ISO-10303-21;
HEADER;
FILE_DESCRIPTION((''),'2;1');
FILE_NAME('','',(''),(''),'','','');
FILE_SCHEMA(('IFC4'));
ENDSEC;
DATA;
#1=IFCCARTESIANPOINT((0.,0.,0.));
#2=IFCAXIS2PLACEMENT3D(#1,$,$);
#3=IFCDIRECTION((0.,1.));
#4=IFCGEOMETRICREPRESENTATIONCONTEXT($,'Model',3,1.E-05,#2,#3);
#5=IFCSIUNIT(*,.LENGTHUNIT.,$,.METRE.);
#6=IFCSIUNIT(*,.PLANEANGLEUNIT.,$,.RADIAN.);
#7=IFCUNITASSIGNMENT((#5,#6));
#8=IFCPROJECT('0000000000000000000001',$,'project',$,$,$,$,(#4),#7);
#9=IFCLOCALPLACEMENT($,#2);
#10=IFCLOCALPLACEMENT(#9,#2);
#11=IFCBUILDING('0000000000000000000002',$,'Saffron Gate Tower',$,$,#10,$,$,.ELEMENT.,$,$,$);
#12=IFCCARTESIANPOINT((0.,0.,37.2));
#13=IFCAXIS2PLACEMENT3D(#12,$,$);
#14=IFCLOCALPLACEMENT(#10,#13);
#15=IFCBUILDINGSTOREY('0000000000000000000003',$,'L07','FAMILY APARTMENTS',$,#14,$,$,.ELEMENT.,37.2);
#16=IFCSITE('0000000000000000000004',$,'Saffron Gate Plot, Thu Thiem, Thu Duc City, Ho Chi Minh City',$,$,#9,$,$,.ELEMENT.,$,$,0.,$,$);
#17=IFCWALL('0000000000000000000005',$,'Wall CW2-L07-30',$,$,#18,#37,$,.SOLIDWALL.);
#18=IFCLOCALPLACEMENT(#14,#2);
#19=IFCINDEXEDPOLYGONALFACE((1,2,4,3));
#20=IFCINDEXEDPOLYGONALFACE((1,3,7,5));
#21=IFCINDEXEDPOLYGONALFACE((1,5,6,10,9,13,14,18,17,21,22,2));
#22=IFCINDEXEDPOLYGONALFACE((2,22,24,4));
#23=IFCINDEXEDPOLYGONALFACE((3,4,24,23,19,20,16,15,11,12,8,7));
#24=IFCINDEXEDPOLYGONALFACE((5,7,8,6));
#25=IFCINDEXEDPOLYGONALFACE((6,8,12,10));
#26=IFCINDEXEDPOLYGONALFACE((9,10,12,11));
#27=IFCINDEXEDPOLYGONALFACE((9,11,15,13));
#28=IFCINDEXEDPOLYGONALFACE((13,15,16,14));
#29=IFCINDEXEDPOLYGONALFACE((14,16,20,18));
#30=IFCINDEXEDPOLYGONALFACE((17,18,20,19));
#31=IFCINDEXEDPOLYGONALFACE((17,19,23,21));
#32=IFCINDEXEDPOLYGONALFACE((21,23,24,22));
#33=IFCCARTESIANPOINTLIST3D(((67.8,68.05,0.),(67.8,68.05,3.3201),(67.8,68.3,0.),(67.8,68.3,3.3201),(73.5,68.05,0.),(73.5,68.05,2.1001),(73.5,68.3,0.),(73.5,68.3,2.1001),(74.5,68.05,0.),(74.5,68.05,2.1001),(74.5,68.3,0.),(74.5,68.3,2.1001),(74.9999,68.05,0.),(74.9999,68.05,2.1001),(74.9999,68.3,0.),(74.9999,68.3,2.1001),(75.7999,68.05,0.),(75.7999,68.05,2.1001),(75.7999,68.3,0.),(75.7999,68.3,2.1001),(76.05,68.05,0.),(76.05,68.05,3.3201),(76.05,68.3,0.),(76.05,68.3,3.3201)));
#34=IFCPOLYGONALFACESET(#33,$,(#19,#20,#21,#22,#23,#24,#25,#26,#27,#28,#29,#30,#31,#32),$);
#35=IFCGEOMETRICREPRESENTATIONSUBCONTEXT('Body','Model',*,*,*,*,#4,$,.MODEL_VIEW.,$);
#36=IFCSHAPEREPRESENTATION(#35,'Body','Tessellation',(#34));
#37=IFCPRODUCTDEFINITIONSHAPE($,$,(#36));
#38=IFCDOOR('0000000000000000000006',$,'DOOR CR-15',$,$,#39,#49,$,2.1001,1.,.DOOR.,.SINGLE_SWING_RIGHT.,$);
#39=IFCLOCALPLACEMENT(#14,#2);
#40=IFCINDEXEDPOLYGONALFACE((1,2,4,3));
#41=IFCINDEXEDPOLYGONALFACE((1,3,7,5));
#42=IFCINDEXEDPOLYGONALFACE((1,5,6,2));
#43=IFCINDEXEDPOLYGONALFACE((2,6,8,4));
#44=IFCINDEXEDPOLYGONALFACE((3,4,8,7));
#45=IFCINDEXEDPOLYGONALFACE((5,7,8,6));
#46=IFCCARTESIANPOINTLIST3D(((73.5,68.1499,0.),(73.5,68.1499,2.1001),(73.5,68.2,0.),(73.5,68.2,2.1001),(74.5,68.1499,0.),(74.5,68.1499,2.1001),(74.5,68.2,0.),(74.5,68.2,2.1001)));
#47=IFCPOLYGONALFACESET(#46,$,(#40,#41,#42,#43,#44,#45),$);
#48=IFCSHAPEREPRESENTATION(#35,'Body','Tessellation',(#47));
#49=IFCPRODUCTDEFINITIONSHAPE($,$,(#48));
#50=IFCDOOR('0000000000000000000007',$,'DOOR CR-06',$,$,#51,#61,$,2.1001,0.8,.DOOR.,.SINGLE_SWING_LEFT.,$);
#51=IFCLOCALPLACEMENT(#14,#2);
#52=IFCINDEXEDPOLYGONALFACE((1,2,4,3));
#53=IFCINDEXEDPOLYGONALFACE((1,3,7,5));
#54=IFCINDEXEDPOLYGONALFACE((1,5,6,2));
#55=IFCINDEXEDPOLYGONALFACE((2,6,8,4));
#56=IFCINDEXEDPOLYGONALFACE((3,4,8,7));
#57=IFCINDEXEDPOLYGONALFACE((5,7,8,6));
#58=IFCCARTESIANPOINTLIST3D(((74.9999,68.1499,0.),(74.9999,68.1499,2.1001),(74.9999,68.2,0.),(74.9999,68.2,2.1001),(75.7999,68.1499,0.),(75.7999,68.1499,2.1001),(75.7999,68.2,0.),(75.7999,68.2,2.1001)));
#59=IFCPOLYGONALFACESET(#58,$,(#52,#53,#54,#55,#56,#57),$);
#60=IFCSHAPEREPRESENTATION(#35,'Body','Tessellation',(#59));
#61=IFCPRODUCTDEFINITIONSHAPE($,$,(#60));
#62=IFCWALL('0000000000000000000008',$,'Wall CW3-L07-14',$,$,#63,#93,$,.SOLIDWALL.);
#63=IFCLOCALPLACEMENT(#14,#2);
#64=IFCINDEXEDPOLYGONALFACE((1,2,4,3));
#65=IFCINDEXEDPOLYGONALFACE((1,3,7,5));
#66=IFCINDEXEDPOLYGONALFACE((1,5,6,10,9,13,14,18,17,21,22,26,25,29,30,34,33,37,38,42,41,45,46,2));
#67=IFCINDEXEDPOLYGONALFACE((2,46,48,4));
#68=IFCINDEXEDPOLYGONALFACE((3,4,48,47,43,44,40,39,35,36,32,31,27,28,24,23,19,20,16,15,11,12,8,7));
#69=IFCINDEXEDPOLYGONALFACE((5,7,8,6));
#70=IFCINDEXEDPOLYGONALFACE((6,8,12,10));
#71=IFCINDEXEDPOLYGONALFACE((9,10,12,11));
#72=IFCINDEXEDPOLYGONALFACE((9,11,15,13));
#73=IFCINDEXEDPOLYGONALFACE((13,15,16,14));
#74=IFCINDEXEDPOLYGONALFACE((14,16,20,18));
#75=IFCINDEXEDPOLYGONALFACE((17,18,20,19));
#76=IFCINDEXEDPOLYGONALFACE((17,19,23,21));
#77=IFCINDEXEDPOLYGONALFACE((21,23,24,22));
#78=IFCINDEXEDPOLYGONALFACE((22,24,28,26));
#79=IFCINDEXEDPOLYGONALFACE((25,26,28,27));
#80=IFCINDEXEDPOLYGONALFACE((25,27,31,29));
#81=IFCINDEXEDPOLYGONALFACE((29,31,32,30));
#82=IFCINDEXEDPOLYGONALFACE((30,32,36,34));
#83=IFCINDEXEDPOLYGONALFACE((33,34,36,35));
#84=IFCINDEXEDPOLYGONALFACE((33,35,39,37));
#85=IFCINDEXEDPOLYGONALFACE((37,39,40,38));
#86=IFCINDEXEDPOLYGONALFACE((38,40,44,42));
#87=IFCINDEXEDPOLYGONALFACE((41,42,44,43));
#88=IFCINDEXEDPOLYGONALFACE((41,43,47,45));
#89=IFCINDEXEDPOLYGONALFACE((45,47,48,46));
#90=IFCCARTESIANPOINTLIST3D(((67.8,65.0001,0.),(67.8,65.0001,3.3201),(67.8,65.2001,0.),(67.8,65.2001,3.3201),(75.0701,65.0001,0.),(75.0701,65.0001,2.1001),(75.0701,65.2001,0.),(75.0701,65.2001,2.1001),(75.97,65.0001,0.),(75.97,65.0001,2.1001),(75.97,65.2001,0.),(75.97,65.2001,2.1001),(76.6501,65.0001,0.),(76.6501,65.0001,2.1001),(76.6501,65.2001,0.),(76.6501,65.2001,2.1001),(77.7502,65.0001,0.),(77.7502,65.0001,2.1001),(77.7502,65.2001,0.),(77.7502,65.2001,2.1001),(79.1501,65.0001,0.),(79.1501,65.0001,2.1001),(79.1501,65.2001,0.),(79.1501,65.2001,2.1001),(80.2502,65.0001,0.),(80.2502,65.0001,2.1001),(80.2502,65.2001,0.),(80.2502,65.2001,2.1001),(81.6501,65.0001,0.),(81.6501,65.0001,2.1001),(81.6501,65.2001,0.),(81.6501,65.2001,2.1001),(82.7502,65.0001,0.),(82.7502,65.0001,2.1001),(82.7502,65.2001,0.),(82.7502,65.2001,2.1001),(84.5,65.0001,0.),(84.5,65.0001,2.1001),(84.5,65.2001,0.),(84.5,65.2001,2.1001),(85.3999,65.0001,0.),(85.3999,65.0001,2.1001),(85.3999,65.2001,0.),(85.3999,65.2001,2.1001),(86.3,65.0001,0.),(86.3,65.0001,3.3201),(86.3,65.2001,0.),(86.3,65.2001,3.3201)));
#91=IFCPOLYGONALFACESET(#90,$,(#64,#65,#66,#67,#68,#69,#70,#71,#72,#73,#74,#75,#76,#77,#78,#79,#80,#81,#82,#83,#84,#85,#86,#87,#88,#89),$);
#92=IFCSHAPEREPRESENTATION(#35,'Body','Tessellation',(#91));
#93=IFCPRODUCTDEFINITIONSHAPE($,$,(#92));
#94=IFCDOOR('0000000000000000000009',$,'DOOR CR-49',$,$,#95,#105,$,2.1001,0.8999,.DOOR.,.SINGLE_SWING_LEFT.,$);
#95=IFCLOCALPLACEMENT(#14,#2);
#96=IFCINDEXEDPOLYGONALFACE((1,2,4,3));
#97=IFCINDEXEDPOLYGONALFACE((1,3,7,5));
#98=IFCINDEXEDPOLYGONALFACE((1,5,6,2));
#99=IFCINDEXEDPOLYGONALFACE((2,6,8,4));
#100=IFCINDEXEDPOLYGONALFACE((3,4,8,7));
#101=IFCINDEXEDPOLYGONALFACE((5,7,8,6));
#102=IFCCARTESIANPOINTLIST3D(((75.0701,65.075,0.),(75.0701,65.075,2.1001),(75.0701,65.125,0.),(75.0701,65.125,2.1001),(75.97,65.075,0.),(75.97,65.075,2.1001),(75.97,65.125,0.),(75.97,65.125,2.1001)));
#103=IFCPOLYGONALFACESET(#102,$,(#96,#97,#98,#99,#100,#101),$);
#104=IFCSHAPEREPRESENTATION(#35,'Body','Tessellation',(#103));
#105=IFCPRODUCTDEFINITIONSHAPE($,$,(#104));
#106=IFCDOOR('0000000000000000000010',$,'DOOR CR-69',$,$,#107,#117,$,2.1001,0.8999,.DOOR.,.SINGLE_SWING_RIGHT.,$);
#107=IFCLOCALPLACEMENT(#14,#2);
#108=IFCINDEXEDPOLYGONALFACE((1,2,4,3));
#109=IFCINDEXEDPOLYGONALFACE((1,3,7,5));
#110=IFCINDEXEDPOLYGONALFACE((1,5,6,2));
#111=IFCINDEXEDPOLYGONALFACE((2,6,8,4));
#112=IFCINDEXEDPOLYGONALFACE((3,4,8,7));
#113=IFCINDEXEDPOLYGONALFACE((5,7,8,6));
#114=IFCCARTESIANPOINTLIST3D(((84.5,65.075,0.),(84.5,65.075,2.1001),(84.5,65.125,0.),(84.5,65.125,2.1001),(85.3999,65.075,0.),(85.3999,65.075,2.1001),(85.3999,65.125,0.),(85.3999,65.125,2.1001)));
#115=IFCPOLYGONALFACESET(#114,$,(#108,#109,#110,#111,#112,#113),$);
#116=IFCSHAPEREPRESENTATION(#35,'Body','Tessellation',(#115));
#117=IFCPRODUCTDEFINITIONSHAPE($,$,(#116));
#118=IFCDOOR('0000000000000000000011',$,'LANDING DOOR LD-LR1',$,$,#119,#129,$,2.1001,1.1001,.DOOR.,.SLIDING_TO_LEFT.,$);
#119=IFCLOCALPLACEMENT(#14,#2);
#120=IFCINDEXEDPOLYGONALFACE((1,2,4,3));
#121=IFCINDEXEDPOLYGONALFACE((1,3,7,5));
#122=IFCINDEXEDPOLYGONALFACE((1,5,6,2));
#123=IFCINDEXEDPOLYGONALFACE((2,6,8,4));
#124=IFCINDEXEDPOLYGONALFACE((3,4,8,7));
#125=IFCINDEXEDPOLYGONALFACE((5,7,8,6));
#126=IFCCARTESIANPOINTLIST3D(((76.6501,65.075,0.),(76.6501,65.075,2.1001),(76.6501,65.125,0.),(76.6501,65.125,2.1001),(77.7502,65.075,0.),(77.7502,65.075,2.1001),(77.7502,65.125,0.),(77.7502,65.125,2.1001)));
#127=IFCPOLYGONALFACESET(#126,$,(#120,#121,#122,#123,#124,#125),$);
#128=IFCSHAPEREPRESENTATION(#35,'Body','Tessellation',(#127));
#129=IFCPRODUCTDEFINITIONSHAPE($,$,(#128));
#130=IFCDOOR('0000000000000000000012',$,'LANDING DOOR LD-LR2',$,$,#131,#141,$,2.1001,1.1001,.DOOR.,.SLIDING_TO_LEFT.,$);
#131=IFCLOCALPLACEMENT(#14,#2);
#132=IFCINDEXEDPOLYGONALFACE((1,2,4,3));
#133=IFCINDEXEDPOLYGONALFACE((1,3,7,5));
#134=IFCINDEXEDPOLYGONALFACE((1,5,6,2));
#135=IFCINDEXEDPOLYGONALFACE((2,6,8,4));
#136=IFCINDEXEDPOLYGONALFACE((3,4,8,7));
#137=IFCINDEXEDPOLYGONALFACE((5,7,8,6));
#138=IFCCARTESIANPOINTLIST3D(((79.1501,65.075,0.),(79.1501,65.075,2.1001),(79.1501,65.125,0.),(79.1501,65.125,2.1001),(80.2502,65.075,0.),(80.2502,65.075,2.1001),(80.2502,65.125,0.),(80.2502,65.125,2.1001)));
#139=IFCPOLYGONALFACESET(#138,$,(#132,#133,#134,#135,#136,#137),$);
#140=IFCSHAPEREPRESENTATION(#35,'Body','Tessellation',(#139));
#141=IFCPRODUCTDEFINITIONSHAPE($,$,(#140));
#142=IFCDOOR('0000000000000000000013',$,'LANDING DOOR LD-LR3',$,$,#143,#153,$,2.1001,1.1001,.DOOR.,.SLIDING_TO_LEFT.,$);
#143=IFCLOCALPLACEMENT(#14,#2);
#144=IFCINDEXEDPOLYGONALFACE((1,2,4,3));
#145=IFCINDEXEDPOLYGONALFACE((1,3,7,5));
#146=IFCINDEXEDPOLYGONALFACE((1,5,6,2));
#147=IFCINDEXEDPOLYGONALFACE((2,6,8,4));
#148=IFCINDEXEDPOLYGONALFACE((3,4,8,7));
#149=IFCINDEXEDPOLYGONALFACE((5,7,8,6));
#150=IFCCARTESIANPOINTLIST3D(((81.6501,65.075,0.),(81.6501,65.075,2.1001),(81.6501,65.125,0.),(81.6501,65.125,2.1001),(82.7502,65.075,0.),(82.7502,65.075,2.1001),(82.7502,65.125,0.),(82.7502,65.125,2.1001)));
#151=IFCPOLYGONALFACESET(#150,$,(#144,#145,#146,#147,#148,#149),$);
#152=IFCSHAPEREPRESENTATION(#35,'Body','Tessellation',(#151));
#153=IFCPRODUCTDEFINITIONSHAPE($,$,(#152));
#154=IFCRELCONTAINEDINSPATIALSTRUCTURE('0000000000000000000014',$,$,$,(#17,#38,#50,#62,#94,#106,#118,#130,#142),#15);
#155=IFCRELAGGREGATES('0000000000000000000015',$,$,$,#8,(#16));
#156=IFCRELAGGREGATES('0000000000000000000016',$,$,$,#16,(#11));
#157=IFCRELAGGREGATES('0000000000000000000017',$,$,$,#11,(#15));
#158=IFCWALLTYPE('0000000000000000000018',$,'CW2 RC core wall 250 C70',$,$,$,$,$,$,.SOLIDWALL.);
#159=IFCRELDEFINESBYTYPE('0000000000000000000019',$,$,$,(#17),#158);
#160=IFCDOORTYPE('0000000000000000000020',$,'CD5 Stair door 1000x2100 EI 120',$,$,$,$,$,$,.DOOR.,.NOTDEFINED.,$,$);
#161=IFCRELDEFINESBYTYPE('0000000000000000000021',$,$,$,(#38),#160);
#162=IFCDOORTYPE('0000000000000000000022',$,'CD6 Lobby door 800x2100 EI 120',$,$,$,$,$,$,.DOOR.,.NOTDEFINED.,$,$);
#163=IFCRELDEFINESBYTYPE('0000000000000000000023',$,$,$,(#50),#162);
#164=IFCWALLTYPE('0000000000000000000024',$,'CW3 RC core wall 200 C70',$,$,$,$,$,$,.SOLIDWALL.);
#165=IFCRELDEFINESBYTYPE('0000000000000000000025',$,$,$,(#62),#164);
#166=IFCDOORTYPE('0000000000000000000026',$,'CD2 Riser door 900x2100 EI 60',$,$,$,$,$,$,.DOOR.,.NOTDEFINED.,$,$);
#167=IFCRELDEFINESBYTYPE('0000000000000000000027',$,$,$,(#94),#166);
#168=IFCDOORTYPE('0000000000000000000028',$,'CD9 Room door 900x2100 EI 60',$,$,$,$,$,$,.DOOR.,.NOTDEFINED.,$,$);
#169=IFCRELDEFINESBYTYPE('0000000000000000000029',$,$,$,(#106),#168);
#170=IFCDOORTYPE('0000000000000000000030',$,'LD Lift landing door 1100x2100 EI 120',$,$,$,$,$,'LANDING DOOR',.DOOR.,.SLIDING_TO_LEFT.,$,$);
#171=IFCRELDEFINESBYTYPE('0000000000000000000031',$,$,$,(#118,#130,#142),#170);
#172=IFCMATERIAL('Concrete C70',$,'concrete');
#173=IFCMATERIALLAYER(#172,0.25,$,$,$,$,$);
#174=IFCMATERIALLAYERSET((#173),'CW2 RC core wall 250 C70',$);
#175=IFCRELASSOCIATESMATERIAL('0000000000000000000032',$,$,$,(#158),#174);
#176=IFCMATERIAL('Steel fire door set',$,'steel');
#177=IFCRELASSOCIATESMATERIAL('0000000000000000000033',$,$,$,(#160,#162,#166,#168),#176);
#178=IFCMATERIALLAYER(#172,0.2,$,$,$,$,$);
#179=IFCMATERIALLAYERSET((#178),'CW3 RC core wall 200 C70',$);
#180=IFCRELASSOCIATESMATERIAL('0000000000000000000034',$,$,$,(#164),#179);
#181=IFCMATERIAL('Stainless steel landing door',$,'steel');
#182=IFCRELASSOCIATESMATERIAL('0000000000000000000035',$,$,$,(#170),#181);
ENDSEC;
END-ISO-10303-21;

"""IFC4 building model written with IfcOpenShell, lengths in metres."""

from ifc_helpers import new_model, si_unit, direction, frame, frame_2d, origin, place, context, subcontext, project, spatial, rectangle, extrude, material, layer, layer_set, type_object, element, fill, save


model = new_model("IFC4")

# Units and contexts
model_context = context("Model", 3, precision=1e-05, world=origin(), true_north=direction((0.0, 1.0)))
body_context = subcontext(model_context, "Body", "Model", "MODEL_VIEW")
ifc_project = project(units=[si_unit("LENGTHUNIT", "METRE"), si_unit("PLANEANGLEUNIT", "RADIAN")], contexts=[model_context])

# Site, building, storey
site_placement = place(None, origin())
site = spatial("IfcSite", under=ifc_project, at=site_placement, Name="Saffron Gate Plot, Thu Thiem, Thu Duc City, Ho Chi Minh City", CompositionType="ELEMENT", RefElevation=0.0)
building_placement = place(site_placement, origin())
building = spatial("IfcBuilding", under=site, at=building_placement, Name="Saffron Gate Tower", CompositionType="ELEMENT")
storey_placement = place(building_placement, frame((0.0, 0.0, 37.2)))
storey = spatial("IfcBuildingStorey", under=building, at=storey_placement, Name="L07", Description="FAMILY APARTMENTS", CompositionType="ELEMENT", Elevation=37.2)

# Shared definitions
ifc_material_1 = material(Name="Concrete C70", Category="concrete")
ifc_material_2 = material(Name="Steel fire door set", Category="steel")

# Walls, openings, doors
ifc_layer_1 = layer(ifc_material_1, 0.25)
ifc_layer_set_1 = layer_set([ifc_layer_1], Name="CW2 RC core wall 250 C70")
wall_type_1 = type_object("IfcWallType", Name="CW2 RC core wall 250 C70", PredefinedType="SOLIDWALL", material=ifc_layer_set_1)
wall_1_placement = place(storey_placement, frame((67.8, 68.175, 0.0), z_axis=(0.0, 0.0, 1.0), x_axis=(1.0, 0.0, 0.0)))
wall_1 = element("IfcWall", 1, at=wall_1_placement, inside=storey, type_object=wall_type_1, Name="Wall CW2-L07-30", PredefinedType="SOLIDWALL", context=body_context, shape_type="SweptSolid", body=[
    extrude(rectangle(XDim=8.25, YDim=0.25, at=frame_2d((4.125, 0.0))), origin(), (0.0, 0.0, 1.0), 3.3201),
])
opening_1_placement = place(wall_1_placement, frame((5.7, 0.0, 0.0)))
opening_1 = element("IfcOpeningElement", 2, at=opening_1_placement, cuts=wall_1, PredefinedType="OPENING", context=body_context, shape_type="SweptSolid", body=[
    extrude(rectangle(XDim=1.0, YDim=2.1001, at=frame_2d((0.5, 1.05))), frame((0.0, 0.135, 0.0), z_axis=(0.0, -1.0, 0.0), x_axis=(1.0, 0.0, 0.0)), (0.0, 0.0, 1.0), 0.27),
])
opening_2_placement = place(wall_1_placement, frame((7.2, 0.0, 0.0)))
opening_2 = element("IfcOpeningElement", 3, at=opening_2_placement, cuts=wall_1, PredefinedType="OPENING", context=body_context, shape_type="SweptSolid", body=[
    extrude(rectangle(XDim=0.8, YDim=2.1001, at=frame_2d((0.3999, 1.05))), frame((0.0, 0.135, 0.0), z_axis=(0.0, -1.0, 0.0), x_axis=(1.0, 0.0, 0.0)), (0.0, 0.0, 1.0), 0.27),
])
door_type_1 = type_object("IfcDoorType", Name="CD5 Stair door 1000x2100 EI 120", OperationType="NOTDEFINED", PredefinedType="DOOR", material=ifc_material_2)
door_1_placement = place(opening_1_placement, origin())
door_1 = element("IfcDoor", 4, at=door_1_placement, inside=storey, type_object=door_type_1, Name="DOOR CR-15", OperationType="SINGLE_SWING_RIGHT", OverallHeight=2.1001, OverallWidth=1.0, PredefinedType="DOOR", context=body_context, shape_type="SweptSolid", body=[
    extrude(rectangle(XDim=1.0, YDim=2.1001, at=frame_2d((0.5, 1.05))), frame((0.0, 0.0249, 0.0), z_axis=(0.0, -1.0, 0.0), x_axis=(1.0, 0.0, 0.0)), (0.0, 0.0, 1.0), 0.05),
])
fill(opening_1, door_1)
door_type_2 = type_object("IfcDoorType", Name="CD6 Lobby door 800x2100 EI 120", OperationType="NOTDEFINED", PredefinedType="DOOR", material=ifc_material_2)
door_2_placement = place(opening_2_placement, origin())
door_2 = element("IfcDoor", 5, at=door_2_placement, inside=storey, type_object=door_type_2, Name="DOOR CR-06", OperationType="SINGLE_SWING_LEFT", OverallHeight=2.1001, OverallWidth=0.8, PredefinedType="DOOR", context=body_context, shape_type="SweptSolid", body=[
    extrude(rectangle(XDim=0.8, YDim=2.1001, at=frame_2d((0.3999, 1.05))), frame((0.0, 0.0249, 0.0), z_axis=(0.0, -1.0, 0.0), x_axis=(1.0, 0.0, 0.0)), (0.0, 0.0, 1.0), 0.05),
])
fill(opening_2, door_2)
ifc_layer_2 = layer(ifc_material_1, 0.2)
ifc_layer_set_2 = layer_set([ifc_layer_2], Name="CW3 RC core wall 200 C70")
wall_type_2 = type_object("IfcWallType", Name="CW3 RC core wall 200 C70", PredefinedType="SOLIDWALL", material=ifc_layer_set_2)
wall_2_placement = place(storey_placement, frame((67.8, 65.1001, 0.0), z_axis=(0.0, 0.0, 1.0), x_axis=(1.0, 0.0, 0.0)))
wall_2 = element("IfcWall", 6, at=wall_2_placement, inside=storey, type_object=wall_type_2, Name="Wall CW3-L07-14", PredefinedType="SOLIDWALL", context=body_context, shape_type="SweptSolid", body=[
    extrude(rectangle(XDim=18.5, YDim=0.2, at=frame_2d((9.25, 0.0))), origin(), (0.0, 0.0, 1.0), 3.3201),
])
opening_3_placement = place(wall_2_placement, frame((7.27, 0.0, 0.0)))
opening_3 = element("IfcOpeningElement", 7, at=opening_3_placement, cuts=wall_2, PredefinedType="OPENING", context=body_context, shape_type="SweptSolid", body=[
    extrude(rectangle(XDim=0.8999, YDim=2.1001, at=frame_2d((0.45, 1.05))), frame((0.0, 0.1099, 0.0), z_axis=(0.0, -1.0, 0.0), x_axis=(1.0, 0.0, 0.0)), (0.0, 0.0, 1.0), 0.22),
])
opening_4_placement = place(wall_2_placement, frame((8.8501, 0.0, 0.0)))
opening_4 = element("IfcOpeningElement", 8, at=opening_4_placement, cuts=wall_2, PredefinedType="OPENING", context=body_context, shape_type="SweptSolid", body=[
    extrude(rectangle(XDim=1.1001, YDim=2.1001, at=frame_2d((0.55, 1.05))), frame((0.0, 0.1099, 0.0), z_axis=(0.0, -1.0, 0.0), x_axis=(1.0, 0.0, 0.0)), (0.0, 0.0, 1.0), 0.22),
])
opening_5_placement = place(wall_2_placement, frame((11.3501, 0.0, 0.0)))
opening_5 = element("IfcOpeningElement", 9, at=opening_5_placement, cuts=wall_2, PredefinedType="OPENING", context=body_context, shape_type="SweptSolid", body=[
    extrude(rectangle(XDim=1.1001, YDim=2.1001, at=frame_2d((0.55, 1.05))), frame((0.0, 0.1099, 0.0), z_axis=(0.0, -1.0, 0.0), x_axis=(1.0, 0.0, 0.0)), (0.0, 0.0, 1.0), 0.22),
])
opening_6_placement = place(wall_2_placement, frame((13.8501, 0.0, 0.0)))
opening_6 = element("IfcOpeningElement", 10, at=opening_6_placement, cuts=wall_2, PredefinedType="OPENING", context=body_context, shape_type="SweptSolid", body=[
    extrude(rectangle(XDim=1.1001, YDim=2.1001, at=frame_2d((0.55, 1.05))), frame((0.0, 0.1099, 0.0), z_axis=(0.0, -1.0, 0.0), x_axis=(1.0, 0.0, 0.0)), (0.0, 0.0, 1.0), 0.22),
])
opening_7_placement = place(wall_2_placement, frame((16.7, 0.0, 0.0)))
opening_7 = element("IfcOpeningElement", 11, at=opening_7_placement, cuts=wall_2, PredefinedType="OPENING", context=body_context, shape_type="SweptSolid", body=[
    extrude(rectangle(XDim=0.8999, YDim=2.1001, at=frame_2d((0.45, 1.05))), frame((0.0, 0.1099, 0.0), z_axis=(0.0, -1.0, 0.0), x_axis=(1.0, 0.0, 0.0)), (0.0, 0.0, 1.0), 0.22),
])
door_type_3 = type_object("IfcDoorType", Name="CD2 Riser door 900x2100 EI 60", OperationType="NOTDEFINED", PredefinedType="DOOR", material=ifc_material_2)
door_3_placement = place(opening_3_placement, origin())
door_3 = element("IfcDoor", 12, at=door_3_placement, inside=storey, type_object=door_type_3, Name="DOOR CR-49", OperationType="SINGLE_SWING_LEFT", OverallHeight=2.1001, OverallWidth=0.8999, PredefinedType="DOOR", context=body_context, shape_type="SweptSolid", body=[
    extrude(rectangle(XDim=0.8999, YDim=2.1001, at=frame_2d((0.45, 1.05))), frame((0.0, 0.0249, 0.0), z_axis=(0.0, -1.0, 0.0), x_axis=(1.0, 0.0, 0.0)), (0.0, 0.0, 1.0), 0.05),
])
fill(opening_3, door_3)
door_type_4 = type_object("IfcDoorType", Name="CD9 Room door 900x2100 EI 60", OperationType="NOTDEFINED", PredefinedType="DOOR", material=ifc_material_2)
door_4_placement = place(opening_7_placement, origin())
door_4 = element("IfcDoor", 13, at=door_4_placement, inside=storey, type_object=door_type_4, Name="DOOR CR-69", OperationType="SINGLE_SWING_RIGHT", OverallHeight=2.1001, OverallWidth=0.8999, PredefinedType="DOOR", context=body_context, shape_type="SweptSolid", body=[
    extrude(rectangle(XDim=0.8999, YDim=2.1001, at=frame_2d((0.45, 1.05))), frame((0.0, 0.0249, 0.0), z_axis=(0.0, -1.0, 0.0), x_axis=(1.0, 0.0, 0.0)), (0.0, 0.0, 1.0), 0.05),
])
fill(opening_7, door_4)
ifc_material_3 = material(Name="Stainless steel landing door", Category="steel")
door_type_5 = type_object("IfcDoorType", Name="LD Lift landing door 1100x2100 EI 120", ElementType="LANDING DOOR", OperationType="SLIDING_TO_LEFT", PredefinedType="DOOR", material=ifc_material_3)
door_5_placement = place(opening_4_placement, origin())
door_5 = element("IfcDoor", 14, at=door_5_placement, inside=storey, type_object=door_type_5, Name="LANDING DOOR LD-LR1", OperationType="SLIDING_TO_LEFT", OverallHeight=2.1001, OverallWidth=1.1001, PredefinedType="DOOR", context=body_context, shape_type="SweptSolid", body=[
    extrude(rectangle(XDim=1.1001, YDim=2.1001, at=frame_2d((0.55, 1.05))), frame((0.0, 0.0249, 0.0), z_axis=(0.0, -1.0, 0.0), x_axis=(1.0, 0.0, 0.0)), (0.0, 0.0, 1.0), 0.05),
])
fill(opening_4, door_5)
door_6_placement = place(opening_5_placement, origin())
door_6 = element("IfcDoor", 15, at=door_6_placement, inside=storey, type_object=door_type_5, Name="LANDING DOOR LD-LR2", OperationType="SLIDING_TO_LEFT", OverallHeight=2.1001, OverallWidth=1.1001, PredefinedType="DOOR", context=body_context, shape_type="SweptSolid", body=[
    extrude(rectangle(XDim=1.1001, YDim=2.1001, at=frame_2d((0.55, 1.05))), frame((0.0, 0.0249, 0.0), z_axis=(0.0, -1.0, 0.0), x_axis=(1.0, 0.0, 0.0)), (0.0, 0.0, 1.0), 0.05),
])
fill(opening_5, door_6)
door_7_placement = place(opening_6_placement, origin())
door_7 = element("IfcDoor", 16, at=door_7_placement, inside=storey, type_object=door_type_5, Name="LANDING DOOR LD-LR3", OperationType="SLIDING_TO_LEFT", OverallHeight=2.1001, OverallWidth=1.1001, PredefinedType="DOOR", context=body_context, shape_type="SweptSolid", body=[
    extrude(rectangle(XDim=1.1001, YDim=2.1001, at=frame_2d((0.55, 1.05))), frame((0.0, 0.0249, 0.0), z_axis=(0.0, -1.0, 0.0), x_axis=(1.0, 0.0, 0.0)), (0.0, 0.0, 1.0), 0.05),
])
fill(opening_6, door_7)

save(model, "model.ifc")
